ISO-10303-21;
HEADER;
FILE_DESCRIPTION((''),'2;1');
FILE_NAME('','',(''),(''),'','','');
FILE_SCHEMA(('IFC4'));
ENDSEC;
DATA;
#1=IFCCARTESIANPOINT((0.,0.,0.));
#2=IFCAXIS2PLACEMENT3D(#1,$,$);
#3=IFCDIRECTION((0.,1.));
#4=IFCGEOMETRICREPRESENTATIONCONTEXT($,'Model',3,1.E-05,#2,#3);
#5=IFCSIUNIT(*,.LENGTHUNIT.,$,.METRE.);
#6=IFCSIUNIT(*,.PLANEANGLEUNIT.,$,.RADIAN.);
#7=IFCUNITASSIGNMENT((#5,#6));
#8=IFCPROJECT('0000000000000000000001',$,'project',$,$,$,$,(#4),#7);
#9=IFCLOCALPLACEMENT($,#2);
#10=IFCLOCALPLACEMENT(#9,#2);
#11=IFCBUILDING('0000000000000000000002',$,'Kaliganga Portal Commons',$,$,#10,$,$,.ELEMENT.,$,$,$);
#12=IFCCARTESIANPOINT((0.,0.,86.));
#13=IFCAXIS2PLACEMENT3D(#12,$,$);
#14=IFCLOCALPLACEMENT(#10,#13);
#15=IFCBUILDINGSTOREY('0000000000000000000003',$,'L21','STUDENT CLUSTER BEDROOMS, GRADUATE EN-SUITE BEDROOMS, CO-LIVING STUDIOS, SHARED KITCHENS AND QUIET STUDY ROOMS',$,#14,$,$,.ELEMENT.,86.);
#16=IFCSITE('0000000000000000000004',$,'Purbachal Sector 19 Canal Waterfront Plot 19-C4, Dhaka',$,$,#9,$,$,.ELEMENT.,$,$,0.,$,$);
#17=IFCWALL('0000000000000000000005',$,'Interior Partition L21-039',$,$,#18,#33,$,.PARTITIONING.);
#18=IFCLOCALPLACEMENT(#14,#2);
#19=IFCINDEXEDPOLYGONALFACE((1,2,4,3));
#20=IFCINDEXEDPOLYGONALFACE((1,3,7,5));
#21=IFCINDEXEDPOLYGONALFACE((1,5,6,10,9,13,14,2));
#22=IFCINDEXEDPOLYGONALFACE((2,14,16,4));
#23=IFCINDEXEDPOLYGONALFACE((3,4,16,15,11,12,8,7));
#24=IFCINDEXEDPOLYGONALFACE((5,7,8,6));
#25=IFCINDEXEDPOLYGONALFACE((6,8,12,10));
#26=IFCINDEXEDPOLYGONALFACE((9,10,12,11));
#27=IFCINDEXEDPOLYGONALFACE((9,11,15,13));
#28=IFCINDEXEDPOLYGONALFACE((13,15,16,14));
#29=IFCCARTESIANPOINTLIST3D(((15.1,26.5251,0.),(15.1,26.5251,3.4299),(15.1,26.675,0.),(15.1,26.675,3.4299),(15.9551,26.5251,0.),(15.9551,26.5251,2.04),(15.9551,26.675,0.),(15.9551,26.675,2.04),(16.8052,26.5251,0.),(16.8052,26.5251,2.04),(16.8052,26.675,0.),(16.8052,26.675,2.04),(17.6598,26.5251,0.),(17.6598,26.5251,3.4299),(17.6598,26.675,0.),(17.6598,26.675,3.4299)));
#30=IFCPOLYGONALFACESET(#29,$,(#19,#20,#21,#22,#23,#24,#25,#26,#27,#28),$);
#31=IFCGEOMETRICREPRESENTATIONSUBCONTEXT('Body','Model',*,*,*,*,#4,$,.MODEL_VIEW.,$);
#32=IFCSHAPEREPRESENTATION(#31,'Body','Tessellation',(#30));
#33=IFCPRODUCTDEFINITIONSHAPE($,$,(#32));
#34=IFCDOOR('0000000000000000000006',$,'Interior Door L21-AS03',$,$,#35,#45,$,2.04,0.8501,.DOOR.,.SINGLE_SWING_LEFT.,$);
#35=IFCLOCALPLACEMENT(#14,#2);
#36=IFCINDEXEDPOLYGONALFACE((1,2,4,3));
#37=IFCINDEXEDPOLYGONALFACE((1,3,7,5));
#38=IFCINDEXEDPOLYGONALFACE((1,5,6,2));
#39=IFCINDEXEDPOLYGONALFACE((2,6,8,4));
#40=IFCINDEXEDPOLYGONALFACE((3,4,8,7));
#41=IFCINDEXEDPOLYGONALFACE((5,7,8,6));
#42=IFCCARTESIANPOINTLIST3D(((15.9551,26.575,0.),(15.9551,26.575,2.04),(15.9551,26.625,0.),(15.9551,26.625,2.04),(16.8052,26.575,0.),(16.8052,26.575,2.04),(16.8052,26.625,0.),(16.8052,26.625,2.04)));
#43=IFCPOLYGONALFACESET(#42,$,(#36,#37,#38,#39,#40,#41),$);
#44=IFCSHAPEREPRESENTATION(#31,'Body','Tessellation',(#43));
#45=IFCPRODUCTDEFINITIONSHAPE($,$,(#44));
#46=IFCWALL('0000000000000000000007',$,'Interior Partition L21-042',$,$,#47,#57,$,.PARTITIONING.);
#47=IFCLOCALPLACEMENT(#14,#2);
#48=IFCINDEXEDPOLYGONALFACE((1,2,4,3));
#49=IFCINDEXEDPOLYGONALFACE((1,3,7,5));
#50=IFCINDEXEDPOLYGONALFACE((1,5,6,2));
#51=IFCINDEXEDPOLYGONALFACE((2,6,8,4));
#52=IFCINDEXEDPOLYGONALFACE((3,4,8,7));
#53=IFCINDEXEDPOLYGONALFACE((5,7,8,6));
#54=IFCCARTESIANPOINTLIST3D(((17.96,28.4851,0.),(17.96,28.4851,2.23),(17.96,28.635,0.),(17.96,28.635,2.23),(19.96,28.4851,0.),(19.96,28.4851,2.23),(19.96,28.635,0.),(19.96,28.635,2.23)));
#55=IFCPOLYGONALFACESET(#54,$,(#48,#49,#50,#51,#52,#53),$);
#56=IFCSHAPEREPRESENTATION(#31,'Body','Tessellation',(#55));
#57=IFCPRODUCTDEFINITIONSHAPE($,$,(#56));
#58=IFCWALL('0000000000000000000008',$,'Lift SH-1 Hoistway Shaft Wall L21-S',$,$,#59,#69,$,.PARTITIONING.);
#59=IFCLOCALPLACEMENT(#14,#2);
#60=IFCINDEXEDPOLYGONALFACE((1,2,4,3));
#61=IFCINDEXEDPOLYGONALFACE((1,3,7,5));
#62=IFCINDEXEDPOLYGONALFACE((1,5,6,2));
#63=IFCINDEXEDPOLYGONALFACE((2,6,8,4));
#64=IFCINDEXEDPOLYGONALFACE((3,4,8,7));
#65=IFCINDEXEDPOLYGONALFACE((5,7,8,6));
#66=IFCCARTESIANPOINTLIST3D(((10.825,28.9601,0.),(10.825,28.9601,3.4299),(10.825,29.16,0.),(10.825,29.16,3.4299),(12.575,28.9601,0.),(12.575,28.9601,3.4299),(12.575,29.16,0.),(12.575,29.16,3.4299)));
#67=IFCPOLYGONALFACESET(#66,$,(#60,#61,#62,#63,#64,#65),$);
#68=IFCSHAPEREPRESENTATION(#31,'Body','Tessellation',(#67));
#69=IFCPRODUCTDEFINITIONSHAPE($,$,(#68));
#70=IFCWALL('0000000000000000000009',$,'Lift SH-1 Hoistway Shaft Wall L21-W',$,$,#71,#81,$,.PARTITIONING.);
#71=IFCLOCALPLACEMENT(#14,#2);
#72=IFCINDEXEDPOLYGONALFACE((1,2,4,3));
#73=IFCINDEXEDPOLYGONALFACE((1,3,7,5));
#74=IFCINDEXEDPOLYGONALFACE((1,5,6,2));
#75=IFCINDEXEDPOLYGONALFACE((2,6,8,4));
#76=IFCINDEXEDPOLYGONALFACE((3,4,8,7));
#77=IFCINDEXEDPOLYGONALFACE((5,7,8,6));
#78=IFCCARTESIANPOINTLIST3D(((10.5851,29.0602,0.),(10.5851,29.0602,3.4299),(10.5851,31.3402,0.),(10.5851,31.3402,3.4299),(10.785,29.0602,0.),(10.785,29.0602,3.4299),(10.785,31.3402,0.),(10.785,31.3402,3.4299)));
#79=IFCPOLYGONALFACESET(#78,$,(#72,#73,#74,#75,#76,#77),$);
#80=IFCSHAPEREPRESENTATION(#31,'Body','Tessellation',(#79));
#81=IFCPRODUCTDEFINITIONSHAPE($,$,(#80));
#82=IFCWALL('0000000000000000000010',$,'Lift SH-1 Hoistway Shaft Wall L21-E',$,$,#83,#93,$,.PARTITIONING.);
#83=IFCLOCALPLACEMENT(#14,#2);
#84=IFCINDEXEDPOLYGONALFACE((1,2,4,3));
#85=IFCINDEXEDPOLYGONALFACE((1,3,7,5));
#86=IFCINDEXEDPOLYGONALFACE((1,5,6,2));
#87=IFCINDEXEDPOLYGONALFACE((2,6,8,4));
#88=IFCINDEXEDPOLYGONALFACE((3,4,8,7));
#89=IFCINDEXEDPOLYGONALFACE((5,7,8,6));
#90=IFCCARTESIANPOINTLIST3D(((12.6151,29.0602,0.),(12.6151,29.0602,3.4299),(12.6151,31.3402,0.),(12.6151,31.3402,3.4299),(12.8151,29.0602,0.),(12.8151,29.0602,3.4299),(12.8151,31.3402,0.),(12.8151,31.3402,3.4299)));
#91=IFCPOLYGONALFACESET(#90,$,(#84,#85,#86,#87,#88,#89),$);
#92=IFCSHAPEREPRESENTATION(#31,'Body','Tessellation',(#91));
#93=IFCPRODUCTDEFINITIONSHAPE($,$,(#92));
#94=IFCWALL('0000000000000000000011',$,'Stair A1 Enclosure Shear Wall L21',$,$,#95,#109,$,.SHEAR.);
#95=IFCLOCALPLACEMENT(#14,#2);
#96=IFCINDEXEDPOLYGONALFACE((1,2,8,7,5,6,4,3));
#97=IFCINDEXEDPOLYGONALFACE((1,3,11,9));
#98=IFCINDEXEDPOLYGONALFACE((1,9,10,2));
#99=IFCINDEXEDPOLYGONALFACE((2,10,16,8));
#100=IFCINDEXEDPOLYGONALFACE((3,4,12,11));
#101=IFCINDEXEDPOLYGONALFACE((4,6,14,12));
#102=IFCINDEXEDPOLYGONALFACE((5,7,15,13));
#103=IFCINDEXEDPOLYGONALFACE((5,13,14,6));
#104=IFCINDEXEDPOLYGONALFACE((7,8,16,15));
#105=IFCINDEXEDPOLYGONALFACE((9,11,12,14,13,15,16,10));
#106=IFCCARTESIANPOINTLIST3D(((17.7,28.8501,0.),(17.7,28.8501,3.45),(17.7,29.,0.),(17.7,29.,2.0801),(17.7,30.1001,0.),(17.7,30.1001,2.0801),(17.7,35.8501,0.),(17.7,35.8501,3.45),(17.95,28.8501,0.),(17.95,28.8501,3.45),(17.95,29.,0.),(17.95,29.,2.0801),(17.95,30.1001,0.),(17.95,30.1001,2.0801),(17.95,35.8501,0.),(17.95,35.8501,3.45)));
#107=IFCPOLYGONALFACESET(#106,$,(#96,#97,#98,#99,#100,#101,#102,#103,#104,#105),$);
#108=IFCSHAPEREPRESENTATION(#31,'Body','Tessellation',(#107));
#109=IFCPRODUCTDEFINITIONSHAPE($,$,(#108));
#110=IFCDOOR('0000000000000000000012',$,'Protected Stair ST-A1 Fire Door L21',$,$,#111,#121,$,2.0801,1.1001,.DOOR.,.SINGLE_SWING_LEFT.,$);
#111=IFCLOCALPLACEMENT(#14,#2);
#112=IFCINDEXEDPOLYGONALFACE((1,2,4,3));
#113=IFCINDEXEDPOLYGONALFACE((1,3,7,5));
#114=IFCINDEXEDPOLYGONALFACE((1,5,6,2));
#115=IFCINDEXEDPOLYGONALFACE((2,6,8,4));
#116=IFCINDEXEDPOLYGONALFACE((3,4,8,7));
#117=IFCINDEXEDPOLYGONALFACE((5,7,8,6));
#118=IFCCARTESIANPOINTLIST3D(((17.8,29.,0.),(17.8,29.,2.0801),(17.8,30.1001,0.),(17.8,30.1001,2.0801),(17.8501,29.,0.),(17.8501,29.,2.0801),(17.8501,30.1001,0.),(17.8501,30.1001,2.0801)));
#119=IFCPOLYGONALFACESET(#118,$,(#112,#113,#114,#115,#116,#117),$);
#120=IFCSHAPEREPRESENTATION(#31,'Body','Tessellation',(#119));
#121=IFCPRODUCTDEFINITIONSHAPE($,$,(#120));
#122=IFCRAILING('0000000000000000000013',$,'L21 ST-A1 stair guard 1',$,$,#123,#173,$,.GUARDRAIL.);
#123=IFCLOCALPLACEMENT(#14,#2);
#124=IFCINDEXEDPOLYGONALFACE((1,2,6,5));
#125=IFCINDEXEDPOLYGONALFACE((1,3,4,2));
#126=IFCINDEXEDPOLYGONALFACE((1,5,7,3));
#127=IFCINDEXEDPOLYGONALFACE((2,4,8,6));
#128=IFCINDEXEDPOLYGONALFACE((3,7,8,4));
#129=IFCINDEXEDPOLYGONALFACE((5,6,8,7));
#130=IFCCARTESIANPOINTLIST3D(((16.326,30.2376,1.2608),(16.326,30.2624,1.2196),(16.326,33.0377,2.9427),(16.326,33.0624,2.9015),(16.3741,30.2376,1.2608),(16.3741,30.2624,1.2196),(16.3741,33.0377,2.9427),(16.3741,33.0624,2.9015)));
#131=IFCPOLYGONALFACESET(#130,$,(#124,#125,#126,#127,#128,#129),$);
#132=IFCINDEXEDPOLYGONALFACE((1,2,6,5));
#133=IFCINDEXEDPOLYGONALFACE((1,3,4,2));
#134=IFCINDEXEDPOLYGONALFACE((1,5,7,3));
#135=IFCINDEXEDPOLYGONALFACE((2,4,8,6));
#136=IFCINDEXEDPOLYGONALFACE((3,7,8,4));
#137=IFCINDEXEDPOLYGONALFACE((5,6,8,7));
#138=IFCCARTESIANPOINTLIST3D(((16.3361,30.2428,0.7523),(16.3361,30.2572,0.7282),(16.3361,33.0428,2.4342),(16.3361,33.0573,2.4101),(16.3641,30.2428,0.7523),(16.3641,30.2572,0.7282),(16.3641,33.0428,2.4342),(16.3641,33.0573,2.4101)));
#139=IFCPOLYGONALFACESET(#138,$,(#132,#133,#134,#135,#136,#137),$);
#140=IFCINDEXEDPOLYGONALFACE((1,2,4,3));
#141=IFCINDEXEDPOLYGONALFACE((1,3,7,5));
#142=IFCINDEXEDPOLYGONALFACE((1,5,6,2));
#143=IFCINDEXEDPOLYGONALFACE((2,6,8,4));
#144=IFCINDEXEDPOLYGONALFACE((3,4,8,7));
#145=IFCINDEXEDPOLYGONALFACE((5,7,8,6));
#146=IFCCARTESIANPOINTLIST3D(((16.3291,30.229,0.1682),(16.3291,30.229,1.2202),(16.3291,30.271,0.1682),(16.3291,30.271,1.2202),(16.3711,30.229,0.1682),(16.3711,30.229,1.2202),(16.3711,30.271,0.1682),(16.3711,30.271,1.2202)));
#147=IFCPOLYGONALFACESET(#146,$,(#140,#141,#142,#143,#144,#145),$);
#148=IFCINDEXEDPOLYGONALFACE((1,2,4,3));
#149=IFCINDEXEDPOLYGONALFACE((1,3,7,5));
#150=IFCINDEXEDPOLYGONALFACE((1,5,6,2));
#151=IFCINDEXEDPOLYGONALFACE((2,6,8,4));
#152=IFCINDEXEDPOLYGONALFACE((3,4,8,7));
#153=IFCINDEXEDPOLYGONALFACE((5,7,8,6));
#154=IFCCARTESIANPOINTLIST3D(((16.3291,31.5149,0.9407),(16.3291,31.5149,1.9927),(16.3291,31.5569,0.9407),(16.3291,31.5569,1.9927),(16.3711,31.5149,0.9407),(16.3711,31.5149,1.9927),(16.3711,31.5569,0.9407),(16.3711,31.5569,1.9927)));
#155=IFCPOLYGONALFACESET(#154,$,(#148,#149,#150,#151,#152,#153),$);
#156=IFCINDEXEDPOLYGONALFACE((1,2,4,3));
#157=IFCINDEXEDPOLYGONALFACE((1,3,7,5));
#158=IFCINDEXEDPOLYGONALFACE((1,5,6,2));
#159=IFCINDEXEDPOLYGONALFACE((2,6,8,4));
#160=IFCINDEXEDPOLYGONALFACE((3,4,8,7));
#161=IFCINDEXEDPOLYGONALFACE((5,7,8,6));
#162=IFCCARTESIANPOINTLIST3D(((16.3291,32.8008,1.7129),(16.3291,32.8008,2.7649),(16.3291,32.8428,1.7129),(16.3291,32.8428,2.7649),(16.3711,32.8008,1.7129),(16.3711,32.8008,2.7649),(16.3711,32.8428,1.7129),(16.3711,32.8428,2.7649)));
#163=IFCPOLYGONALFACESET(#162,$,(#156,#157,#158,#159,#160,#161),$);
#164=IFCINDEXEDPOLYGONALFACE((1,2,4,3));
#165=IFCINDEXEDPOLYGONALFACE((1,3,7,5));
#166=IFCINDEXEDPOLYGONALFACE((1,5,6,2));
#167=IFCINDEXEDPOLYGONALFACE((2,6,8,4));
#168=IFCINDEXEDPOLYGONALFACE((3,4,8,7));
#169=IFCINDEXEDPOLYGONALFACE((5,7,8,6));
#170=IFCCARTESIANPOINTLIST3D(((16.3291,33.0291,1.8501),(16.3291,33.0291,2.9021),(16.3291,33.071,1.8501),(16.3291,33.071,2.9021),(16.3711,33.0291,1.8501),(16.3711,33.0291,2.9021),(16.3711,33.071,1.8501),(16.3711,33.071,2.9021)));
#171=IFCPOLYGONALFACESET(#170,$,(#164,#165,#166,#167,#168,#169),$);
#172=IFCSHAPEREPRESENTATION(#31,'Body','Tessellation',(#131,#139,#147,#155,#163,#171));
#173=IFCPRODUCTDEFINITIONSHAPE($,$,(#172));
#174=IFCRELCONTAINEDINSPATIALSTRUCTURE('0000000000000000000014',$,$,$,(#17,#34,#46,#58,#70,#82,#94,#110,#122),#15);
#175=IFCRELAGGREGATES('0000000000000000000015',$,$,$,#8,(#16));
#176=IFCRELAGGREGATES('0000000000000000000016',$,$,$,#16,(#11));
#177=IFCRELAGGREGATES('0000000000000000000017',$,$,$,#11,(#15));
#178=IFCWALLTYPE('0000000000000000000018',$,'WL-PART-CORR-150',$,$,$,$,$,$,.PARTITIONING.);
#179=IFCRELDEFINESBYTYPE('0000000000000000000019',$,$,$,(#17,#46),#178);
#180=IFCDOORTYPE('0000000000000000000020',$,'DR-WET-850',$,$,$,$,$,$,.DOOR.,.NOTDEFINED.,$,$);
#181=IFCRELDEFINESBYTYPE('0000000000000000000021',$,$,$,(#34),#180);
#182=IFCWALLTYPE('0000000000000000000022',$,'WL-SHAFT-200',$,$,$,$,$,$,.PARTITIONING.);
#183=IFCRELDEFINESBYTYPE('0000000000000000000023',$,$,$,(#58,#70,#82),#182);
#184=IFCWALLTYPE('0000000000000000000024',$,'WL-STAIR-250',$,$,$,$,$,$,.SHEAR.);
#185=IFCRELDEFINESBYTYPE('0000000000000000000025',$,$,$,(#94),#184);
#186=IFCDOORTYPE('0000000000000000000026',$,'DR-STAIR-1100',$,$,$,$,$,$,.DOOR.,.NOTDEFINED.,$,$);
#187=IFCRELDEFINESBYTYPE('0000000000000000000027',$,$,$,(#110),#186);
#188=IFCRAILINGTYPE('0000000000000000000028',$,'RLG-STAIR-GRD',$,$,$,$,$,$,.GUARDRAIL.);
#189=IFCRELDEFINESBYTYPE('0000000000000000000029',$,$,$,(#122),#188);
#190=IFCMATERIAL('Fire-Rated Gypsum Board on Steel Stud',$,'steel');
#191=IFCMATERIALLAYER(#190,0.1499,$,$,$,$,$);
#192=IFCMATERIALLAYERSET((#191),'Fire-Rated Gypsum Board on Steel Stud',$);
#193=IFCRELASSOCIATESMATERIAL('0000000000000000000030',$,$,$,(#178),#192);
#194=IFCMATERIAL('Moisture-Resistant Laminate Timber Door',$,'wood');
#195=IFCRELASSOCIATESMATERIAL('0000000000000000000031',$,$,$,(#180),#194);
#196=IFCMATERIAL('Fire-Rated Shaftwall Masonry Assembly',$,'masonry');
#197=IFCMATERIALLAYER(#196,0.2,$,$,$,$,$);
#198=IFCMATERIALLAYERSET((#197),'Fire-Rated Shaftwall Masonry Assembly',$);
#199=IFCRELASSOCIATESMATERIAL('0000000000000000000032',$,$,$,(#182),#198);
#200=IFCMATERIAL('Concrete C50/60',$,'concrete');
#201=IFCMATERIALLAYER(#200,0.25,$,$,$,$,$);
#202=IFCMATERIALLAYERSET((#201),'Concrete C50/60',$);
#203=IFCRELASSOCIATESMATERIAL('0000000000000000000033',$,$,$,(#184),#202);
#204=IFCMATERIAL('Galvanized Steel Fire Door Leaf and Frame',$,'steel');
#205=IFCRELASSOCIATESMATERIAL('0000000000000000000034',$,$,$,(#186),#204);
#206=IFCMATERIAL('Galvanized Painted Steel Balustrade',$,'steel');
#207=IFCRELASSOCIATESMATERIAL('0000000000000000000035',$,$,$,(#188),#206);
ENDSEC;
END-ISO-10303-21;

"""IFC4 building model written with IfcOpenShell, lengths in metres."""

from ifc_helpers import new_model, si_unit, direction, frame, frame_2d, origin, origin_2d, place, context, subcontext, project, spatial, rectangle, extrude, material, layer, layer_set, type_object, element, fill, save


model = new_model("IFC4")

# Units and contexts
model_context = context("Model", 3, precision=1e-05, world=origin(), true_north=direction((0.0, 1.0)))
body_context = subcontext(model_context, "Body", "Model", "MODEL_VIEW")
ifc_project = project(units=[si_unit("LENGTHUNIT", "METRE"), si_unit("PLANEANGLEUNIT", "RADIAN")], contexts=[model_context])

# Site, building, storey
site_placement = place(None, origin())
site = spatial("IfcSite", under=ifc_project, at=site_placement, Name="Purbachal Sector 19 Canal Waterfront Plot 19-C4, Dhaka", CompositionType="ELEMENT", RefElevation=0.0)
building_placement = place(site_placement, origin())
building = spatial("IfcBuilding", under=site, at=building_placement, Name="Kaliganga Portal Commons", CompositionType="ELEMENT")
storey_placement = place(building_placement, frame((0.0, 0.0, 86.0)))
storey = spatial("IfcBuildingStorey", under=building, at=storey_placement, Name="L21", Description="STUDENT CLUSTER BEDROOMS, GRADUATE EN-SUITE BEDROOMS, CO-LIVING STUDIOS, SHARED KITCHENS AND QUIET STUDY ROOMS", CompositionType="ELEMENT", Elevation=86.0)

# Wall, opening, door
ifc_material_1 = material(Name="Fire-Rated Gypsum Board on Steel Stud", Category="steel")
ifc_layer_1 = layer(ifc_material_1, 0.1499)
ifc_layer_set_1 = layer_set([ifc_layer_1], Name="Fire-Rated Gypsum Board on Steel Stud")
wall_type_1 = type_object("IfcWallType", Name="WL-PART-CORR-150", PredefinedType="PARTITIONING", material=ifc_layer_set_1)
wall_1_placement = place(storey_placement, frame((15.1001, 26.6001, 0.0), z_axis=(0.0, 0.0, 1.0), x_axis=(1.0, 0.0, 0.0)))
wall_1 = element("IfcWall", 1, at=wall_1_placement, inside=storey, type_object=wall_type_1, Name="Interior Partition L21-039", PredefinedType="PARTITIONING", context=body_context, shape_type="SweptSolid", body=[
    extrude(rectangle(XDim=2.5598, YDim=0.1499, at=frame_2d((1.2798, 0.0))), origin(), (0.0, 0.0, 1.0), 3.4299),
])
opening_1_placement = place(wall_1_placement, frame((0.855, 0.0, 0.0)))
opening_1 = element("IfcOpeningElement", 2, at=opening_1_placement, cuts=wall_1, PredefinedType="OPENING", context=body_context, shape_type="SweptSolid", body=[
    extrude(rectangle(XDim=0.8501, YDim=2.04, at=frame_2d((0.425, 1.02))), frame((0.0, 0.085, 0.0), z_axis=(0.0, -1.0, 0.0), x_axis=(1.0, 0.0, 0.0)), (0.0, 0.0, 1.0), 0.1699),
])
ifc_material_2 = material(Name="Moisture-Resistant Laminate Timber Door", Category="wood")
door_type_1 = type_object("IfcDoorType", Name="DR-WET-850", OperationType="NOTDEFINED", PredefinedType="DOOR", material=ifc_material_2)
door_1_placement = place(opening_1_placement, origin())
door_1 = element("IfcDoor", 3, at=door_1_placement, inside=storey, type_object=door_type_1, Name="Interior Door L21-AS03", OperationType="SINGLE_SWING_LEFT", OverallHeight=2.04, OverallWidth=0.8501, PredefinedType="DOOR", context=body_context, shape_type="SweptSolid", body=[
    extrude(rectangle(XDim=0.8501, YDim=2.04, at=frame_2d((0.425, 1.02))), frame((0.0, 0.0249, 0.0), z_axis=(0.0, -1.0, 0.0), x_axis=(1.0, 0.0, 0.0)), (0.0, 0.0, 1.0), 0.05),
])
fill(opening_1, door_1)

# Walls
wall_2_placement = place(storey_placement, frame((17.96, 28.5601, 0.0), z_axis=(0.0, 0.0, 1.0), x_axis=(1.0, 0.0, 0.0)))
element("IfcWall", 4, at=wall_2_placement, inside=storey, type_object=wall_type_1, Name="Interior Partition L21-042", PredefinedType="PARTITIONING", context=body_context, shape_type="SweptSolid", body=[
    extrude(rectangle(XDim=2.0, YDim=0.1499, at=frame_2d((1.0, 0.0))), origin(), (0.0, 0.0, 1.0), 2.23),
])
ifc_material_3 = material(Name="Fire-Rated Shaftwall Masonry Assembly", Category="masonry")
ifc_layer_2 = layer(ifc_material_3, 0.2)
ifc_layer_set_2 = layer_set([ifc_layer_2], Name="Fire-Rated Shaftwall Masonry Assembly")
wall_type_2 = type_object("IfcWallType", Name="WL-SHAFT-200", PredefinedType="PARTITIONING", material=ifc_layer_set_2)
wall_3_placement = place(storey_placement, frame((10.825, 29.0601, 0.0), z_axis=(0.0, 0.0, 1.0), x_axis=(1.0, 0.0, 0.0)))
element("IfcWall", 5, at=wall_3_placement, inside=storey, type_object=wall_type_2, Name="Lift SH-1 Hoistway Shaft Wall L21-S", PredefinedType="PARTITIONING", context=body_context, shape_type="SweptSolid", body=[
    extrude(rectangle(XDim=1.75, YDim=0.2, at=frame_2d((0.875, 0.0))), origin(), (0.0, 0.0, 1.0), 3.4299),
])
for number, where, z_axis, x_axis, name in (
    (6, (10.6851, 29.0601, 0.0), (0.0, 0.0, 1.0), (0.0, 1.0, 0.0), "Lift SH-1 Hoistway Shaft Wall L21-W"),
    (7, (12.7151, 29.0601, 0.0), (0.0, 0.0, 1.0), (0.0, 1.0, 0.0), "Lift SH-1 Hoistway Shaft Wall L21-E"),
):
    element("IfcWall", number, at=place(storey_placement, frame(where, z_axis=z_axis, x_axis=x_axis)), inside=storey, type_object=wall_type_2, Name=name, PredefinedType="PARTITIONING", context=body_context, shape_type="SweptSolid", body=[
        extrude(rectangle(XDim=2.28, YDim=0.2, at=frame_2d((1.1401, 0.0))), origin(), (0.0, 0.0, 1.0), 3.4299),
    ])

# Wall, opening, door
ifc_material_4 = material(Name="Concrete C50/60", Category="concrete")
ifc_layer_3 = layer(ifc_material_4, 0.25)
ifc_layer_set_3 = layer_set([ifc_layer_3], Name="Concrete C50/60")
wall_type_3 = type_object("IfcWallType", Name="WL-STAIR-250", PredefinedType="SHEAR", material=ifc_layer_set_3)
wall_4_placement = place(storey_placement, frame((17.825, 28.8501, 0.0), z_axis=(0.0, 0.0, 1.0), x_axis=(0.0, 1.0, 0.0)))
wall_4 = element("IfcWall", 8, at=wall_4_placement, inside=storey, type_object=wall_type_3, Name="Stair A1 Enclosure Shear Wall L21", PredefinedType="SHEAR", context=body_context, shape_type="SweptSolid", body=[
    extrude(rectangle(XDim=7.0, YDim=0.25, at=frame_2d((3.5, 0.0))), origin(), (0.0, 0.0, 1.0), 3.45),
])
opening_2_placement = place(wall_4_placement, frame((0.1499, 0.0, 0.0)))
opening_2 = element("IfcOpeningElement", 9, at=opening_2_placement, cuts=wall_4, PredefinedType="OPENING", context=body_context, shape_type="SweptSolid", body=[
    extrude(rectangle(XDim=1.1001, YDim=2.0801, at=frame_2d((0.55, 1.04))), frame((0.0, 0.135, 0.0), z_axis=(0.0, -1.0, 0.0), x_axis=(1.0, 0.0, 0.0)), (0.0, 0.0, 1.0), 0.27),
])
ifc_material_5 = material(Name="Galvanized Steel Fire Door Leaf and Frame", Category="steel")
door_type_2 = type_object("IfcDoorType", Name="DR-STAIR-1100", OperationType="NOTDEFINED", PredefinedType="DOOR", material=ifc_material_5)
door_2_placement = place(opening_2_placement, origin())
door_2 = element("IfcDoor", 10, at=door_2_placement, inside=storey, type_object=door_type_2, Name="Protected Stair ST-A1 Fire Door L21", OperationType="SINGLE_SWING_LEFT", OverallHeight=2.0801, OverallWidth=1.1001, PredefinedType="DOOR", context=body_context, shape_type="SweptSolid", body=[
    extrude(rectangle(XDim=1.1001, YDim=2.0801, at=frame_2d((0.55, 1.04))), frame((0.0, 0.0249, 0.0), z_axis=(0.0, -1.0, 0.0), x_axis=(1.0, 0.0, 0.0)), (0.0, 0.0, 1.0), 0.05),
])
fill(opening_2, door_2)

# Railing
ifc_material_6 = material(Name="Galvanized Painted Steel Balustrade", Category="steel")
railing_type = type_object("IfcRailingType", Name="RLG-STAIR-GRD", PredefinedType="GUARDRAIL", material=ifc_material_6)
railing_1_placement = place(storey_placement, frame((16.3501, 30.25, 0.1682)))
element("IfcRailing", 11, at=railing_1_placement, inside=storey, type_object=railing_type, Name="L21 ST-A1 stair guard 1", PredefinedType="GUARDRAIL", context=body_context, shape_type="SweptSolid", body=[
    extrude(rectangle(XDim=0.0481, YDim=0.0481, at=origin_2d()), frame((0.0, 0.0, 1.072), z_axis=(0.0, 0.857242, 0.514913), x_axis=(-1.0, 0.0, 0.0)), (0.0, 0.0, 1.0), 3.2664),
    extrude(rectangle(XDim=0.0281, YDim=0.0281, at=origin_2d()), frame((0.0, 0.0, 0.572), z_axis=(0.0, 0.857242, 0.514913), x_axis=(-1.0, 0.0, 0.0)), (0.0, 0.0, 1.0), 3.2664),
    extrude(rectangle(XDim=0.042, YDim=0.042, at=origin_2d()), origin(), (0.0, 0.0, 1.0), 1.052),
    extrude(rectangle(XDim=0.042, YDim=0.042, at=origin_2d()), frame((0.0, 1.2859, 0.7725)), (0.0, 0.0, 1.0), 1.052),
    extrude(rectangle(XDim=0.042, YDim=0.042, at=origin_2d()), frame((0.0, 2.5718, 1.5447)), (0.0, 0.0, 1.0), 1.052),
    extrude(rectangle(XDim=0.042, YDim=0.042, at=origin_2d()), frame((0.0, 2.8, 1.6819)), (0.0, 0.0, 1.0), 1.052),
])

save(model, "model.ifc")
